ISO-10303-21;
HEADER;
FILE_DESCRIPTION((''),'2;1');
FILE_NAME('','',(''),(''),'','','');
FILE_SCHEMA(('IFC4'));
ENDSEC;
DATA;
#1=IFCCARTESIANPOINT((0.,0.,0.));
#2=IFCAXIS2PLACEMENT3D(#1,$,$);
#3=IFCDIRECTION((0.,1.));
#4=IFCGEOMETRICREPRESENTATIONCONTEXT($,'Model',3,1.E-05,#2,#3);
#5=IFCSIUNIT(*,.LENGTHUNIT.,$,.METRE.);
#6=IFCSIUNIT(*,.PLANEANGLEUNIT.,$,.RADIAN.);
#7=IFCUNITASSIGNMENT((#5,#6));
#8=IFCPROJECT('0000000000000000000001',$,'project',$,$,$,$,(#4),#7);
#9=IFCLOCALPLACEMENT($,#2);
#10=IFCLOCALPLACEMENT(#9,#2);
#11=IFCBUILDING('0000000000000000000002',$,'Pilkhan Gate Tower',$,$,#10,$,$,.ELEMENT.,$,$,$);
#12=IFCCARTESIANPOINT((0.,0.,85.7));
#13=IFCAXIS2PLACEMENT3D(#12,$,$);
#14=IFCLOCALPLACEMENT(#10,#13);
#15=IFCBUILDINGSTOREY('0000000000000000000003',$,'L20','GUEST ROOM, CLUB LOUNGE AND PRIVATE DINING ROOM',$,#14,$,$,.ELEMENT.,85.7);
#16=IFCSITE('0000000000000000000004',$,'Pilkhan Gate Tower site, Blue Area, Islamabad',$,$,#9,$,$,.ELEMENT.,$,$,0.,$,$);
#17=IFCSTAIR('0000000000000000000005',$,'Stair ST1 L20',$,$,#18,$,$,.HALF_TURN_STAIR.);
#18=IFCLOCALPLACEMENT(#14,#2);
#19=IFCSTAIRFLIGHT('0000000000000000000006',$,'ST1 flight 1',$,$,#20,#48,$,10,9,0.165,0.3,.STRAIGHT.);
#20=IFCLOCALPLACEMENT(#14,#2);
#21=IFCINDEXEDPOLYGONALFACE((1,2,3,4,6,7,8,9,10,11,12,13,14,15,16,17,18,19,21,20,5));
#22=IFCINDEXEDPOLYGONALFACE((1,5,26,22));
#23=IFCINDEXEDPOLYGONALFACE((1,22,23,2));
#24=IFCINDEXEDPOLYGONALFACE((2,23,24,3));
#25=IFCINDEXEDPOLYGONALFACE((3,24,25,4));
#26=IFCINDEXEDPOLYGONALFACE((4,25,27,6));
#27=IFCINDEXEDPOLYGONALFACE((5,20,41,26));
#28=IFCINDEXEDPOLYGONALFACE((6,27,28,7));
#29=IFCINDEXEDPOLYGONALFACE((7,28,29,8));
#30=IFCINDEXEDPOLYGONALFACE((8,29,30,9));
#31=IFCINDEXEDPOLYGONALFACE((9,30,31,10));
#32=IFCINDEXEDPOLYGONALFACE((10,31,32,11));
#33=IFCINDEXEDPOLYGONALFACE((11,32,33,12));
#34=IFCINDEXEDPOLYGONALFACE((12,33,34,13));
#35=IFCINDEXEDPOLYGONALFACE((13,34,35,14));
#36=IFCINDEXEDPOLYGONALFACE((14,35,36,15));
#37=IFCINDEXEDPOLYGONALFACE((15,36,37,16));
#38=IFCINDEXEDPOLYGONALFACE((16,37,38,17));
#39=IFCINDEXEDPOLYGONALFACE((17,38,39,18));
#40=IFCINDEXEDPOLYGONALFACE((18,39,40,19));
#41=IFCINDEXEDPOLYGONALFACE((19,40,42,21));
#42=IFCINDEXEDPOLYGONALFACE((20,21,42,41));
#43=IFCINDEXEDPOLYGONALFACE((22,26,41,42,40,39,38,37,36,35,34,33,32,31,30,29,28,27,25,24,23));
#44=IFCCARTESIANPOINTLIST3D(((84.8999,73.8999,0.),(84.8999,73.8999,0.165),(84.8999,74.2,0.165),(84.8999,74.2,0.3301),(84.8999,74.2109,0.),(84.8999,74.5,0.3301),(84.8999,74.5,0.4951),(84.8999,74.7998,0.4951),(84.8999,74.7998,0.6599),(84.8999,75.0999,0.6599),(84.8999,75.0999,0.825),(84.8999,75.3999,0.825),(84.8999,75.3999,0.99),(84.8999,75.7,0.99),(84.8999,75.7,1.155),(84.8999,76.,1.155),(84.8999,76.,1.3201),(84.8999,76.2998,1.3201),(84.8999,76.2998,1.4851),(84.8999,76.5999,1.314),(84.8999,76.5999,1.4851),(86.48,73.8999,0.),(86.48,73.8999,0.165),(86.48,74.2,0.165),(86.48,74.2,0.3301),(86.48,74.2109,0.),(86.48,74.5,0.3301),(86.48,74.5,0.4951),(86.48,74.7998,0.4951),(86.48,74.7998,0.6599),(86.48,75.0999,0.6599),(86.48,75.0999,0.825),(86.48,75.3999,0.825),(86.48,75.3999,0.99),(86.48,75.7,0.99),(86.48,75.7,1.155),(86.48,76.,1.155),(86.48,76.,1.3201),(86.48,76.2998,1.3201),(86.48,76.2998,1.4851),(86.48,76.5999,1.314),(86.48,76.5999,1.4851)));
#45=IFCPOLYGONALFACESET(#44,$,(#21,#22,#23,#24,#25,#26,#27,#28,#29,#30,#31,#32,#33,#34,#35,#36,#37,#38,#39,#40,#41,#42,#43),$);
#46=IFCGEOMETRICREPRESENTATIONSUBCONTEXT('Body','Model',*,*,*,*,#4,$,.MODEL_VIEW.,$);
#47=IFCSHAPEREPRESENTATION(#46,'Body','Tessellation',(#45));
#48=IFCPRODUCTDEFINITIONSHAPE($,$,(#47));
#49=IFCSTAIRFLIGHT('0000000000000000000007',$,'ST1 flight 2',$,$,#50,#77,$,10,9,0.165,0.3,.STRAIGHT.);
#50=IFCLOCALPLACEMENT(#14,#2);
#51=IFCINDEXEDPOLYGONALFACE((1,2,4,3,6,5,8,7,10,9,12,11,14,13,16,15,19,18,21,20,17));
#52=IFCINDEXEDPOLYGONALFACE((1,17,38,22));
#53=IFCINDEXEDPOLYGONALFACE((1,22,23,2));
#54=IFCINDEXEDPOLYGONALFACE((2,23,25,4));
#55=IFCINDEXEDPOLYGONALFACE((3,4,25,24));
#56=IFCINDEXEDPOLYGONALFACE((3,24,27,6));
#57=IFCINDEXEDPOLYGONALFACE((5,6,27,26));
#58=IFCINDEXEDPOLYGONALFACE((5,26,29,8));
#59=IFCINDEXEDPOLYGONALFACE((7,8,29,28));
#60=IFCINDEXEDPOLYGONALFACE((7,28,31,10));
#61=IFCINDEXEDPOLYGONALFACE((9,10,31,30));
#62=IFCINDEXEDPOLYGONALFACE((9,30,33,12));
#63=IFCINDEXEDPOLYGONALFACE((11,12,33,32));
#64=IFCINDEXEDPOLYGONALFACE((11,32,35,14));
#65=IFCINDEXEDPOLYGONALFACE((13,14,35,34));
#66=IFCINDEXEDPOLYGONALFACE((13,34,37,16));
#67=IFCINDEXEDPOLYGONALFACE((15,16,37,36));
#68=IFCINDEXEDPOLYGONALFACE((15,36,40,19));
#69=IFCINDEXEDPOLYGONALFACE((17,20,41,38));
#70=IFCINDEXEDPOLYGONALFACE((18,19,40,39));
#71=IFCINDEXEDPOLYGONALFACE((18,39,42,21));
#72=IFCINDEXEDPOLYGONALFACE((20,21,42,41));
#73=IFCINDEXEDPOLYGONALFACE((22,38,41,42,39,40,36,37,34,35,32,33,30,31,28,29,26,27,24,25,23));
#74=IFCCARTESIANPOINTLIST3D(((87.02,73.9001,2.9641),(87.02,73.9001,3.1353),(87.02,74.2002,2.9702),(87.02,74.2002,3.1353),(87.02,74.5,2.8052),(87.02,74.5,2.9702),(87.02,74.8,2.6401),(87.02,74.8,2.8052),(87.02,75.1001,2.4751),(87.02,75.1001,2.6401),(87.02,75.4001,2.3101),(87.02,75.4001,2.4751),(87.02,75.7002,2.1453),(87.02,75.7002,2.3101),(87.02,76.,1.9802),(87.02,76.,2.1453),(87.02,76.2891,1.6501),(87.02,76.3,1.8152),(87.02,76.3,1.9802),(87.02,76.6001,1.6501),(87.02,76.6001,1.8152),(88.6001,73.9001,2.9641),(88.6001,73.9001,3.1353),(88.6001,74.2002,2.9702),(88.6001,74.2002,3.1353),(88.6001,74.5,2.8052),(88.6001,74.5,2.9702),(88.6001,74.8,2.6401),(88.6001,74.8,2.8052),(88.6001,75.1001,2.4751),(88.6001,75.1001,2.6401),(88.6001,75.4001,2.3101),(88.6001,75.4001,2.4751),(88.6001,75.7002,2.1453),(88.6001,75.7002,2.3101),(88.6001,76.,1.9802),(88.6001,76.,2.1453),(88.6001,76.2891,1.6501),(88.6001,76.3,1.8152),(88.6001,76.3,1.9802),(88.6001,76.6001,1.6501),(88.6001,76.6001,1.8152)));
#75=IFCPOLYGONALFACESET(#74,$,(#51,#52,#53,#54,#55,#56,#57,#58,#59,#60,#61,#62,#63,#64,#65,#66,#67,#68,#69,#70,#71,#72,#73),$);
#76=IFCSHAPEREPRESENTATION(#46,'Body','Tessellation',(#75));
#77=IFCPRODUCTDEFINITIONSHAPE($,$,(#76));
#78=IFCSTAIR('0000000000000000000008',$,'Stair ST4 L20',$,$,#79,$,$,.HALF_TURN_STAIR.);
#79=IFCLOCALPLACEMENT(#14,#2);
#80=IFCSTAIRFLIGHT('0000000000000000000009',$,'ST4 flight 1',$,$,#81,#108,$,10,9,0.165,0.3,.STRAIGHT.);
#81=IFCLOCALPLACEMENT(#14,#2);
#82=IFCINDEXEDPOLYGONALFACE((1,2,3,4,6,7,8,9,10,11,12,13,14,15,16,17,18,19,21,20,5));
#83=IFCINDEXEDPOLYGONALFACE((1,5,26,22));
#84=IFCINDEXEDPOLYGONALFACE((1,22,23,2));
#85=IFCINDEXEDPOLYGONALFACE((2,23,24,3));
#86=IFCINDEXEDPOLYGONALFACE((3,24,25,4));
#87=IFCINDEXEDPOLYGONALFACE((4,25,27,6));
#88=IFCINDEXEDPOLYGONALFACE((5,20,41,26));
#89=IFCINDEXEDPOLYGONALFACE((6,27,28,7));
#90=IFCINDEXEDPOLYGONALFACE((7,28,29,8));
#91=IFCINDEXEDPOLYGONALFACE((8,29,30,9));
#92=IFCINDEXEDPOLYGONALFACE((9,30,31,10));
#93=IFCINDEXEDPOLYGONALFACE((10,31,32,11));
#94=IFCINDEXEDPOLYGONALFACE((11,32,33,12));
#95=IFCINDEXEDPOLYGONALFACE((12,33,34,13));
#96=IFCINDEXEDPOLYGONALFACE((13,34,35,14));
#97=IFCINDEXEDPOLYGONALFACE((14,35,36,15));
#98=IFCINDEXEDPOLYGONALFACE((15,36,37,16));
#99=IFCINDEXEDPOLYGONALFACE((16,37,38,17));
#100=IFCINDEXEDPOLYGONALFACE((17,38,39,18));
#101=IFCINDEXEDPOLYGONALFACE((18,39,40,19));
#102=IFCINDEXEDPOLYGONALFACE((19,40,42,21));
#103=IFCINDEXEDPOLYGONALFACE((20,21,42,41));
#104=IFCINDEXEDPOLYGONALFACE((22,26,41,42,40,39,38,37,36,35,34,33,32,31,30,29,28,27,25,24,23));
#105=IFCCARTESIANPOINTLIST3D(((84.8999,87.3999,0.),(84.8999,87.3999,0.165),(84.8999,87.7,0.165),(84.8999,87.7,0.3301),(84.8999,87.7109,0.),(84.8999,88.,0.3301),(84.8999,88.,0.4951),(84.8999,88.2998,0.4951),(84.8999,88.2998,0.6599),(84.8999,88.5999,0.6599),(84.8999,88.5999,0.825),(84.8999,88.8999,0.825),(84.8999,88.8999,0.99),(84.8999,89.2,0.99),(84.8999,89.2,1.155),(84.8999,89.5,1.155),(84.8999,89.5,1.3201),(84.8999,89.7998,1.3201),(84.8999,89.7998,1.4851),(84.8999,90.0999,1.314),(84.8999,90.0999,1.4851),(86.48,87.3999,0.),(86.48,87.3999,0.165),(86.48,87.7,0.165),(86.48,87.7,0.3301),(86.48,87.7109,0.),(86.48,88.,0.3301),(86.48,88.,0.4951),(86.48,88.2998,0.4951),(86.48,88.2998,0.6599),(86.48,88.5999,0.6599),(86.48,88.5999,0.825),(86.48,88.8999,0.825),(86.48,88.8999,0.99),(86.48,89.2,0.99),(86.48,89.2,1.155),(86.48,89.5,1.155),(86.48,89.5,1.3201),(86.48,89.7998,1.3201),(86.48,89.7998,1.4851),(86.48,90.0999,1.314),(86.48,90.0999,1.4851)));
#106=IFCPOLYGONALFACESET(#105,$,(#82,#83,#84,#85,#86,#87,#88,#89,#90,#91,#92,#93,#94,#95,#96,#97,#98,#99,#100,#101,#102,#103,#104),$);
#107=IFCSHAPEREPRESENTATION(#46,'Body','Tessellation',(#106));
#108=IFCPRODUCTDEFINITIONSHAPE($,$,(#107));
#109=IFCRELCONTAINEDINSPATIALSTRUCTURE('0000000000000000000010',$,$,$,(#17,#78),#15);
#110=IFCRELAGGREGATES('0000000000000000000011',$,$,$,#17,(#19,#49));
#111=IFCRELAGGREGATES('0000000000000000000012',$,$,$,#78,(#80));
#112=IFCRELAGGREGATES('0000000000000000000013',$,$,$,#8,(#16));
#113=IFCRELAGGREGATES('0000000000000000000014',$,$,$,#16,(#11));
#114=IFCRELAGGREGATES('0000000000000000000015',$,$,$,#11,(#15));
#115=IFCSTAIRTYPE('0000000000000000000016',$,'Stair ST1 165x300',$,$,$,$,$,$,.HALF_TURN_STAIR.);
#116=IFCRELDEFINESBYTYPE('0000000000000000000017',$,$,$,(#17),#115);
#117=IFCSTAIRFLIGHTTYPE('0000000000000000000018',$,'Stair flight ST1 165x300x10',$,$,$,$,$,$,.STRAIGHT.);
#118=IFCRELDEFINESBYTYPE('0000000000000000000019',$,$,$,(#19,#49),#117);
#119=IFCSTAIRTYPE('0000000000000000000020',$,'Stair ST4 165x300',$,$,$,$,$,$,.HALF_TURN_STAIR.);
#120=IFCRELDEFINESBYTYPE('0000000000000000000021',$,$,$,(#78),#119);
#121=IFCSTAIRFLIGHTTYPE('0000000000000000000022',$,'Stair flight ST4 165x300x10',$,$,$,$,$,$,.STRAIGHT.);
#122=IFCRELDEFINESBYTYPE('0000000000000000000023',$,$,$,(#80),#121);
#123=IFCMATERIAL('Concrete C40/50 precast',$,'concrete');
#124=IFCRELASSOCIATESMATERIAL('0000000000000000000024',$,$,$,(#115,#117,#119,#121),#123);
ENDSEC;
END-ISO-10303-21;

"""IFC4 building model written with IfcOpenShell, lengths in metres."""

from ifc_helpers import new_model, si_unit, direction, frame, origin, place, context, subcontext, project, spatial, polyline, outline, extrude, material, type_object, element, aggregate, save


model = new_model("IFC4")

# Units and contexts
model_context = context("Model", 3, precision=1e-05, world=origin(), true_north=direction((0.0, 1.0)))
body_context = subcontext(model_context, "Body", "Model", "MODEL_VIEW")
ifc_project = project(units=[si_unit("LENGTHUNIT", "METRE"), si_unit("PLANEANGLEUNIT", "RADIAN")], contexts=[model_context])

# Site, building, storey
site_placement = place(None, origin())
site = spatial("IfcSite", under=ifc_project, at=site_placement, Name="Pilkhan Gate Tower site, Blue Area, Islamabad", CompositionType="ELEMENT", RefElevation=0.0)
building_placement = place(site_placement, origin())
building = spatial("IfcBuilding", under=site, at=building_placement, Name="Pilkhan Gate Tower", CompositionType="ELEMENT")
storey_placement = place(building_placement, frame((0.0, 0.0, 85.7)))
storey = spatial("IfcBuildingStorey", under=building, at=storey_placement, Name="L20", Description="GUEST ROOM, CLUB LOUNGE AND PRIVATE DINING ROOM", CompositionType="ELEMENT", Elevation=85.7)

# Stair, stair flights
ifc_material_1 = material(Name="Concrete C40/50 precast", Category="concrete")
stair_type_1 = type_object("IfcStairType", Name="Stair ST1 165x300", PredefinedType="HALF_TURN_STAIR", material=ifc_material_1)
stair_1_placement = place(storey_placement, origin())
stair_1 = element("IfcStair", 1, at=stair_1_placement, inside=storey, type_object=stair_type_1, Name="Stair ST1 L20", PredefinedType="HALF_TURN_STAIR")
stair_flight_type_1 = type_object("IfcStairFlightType", Name="Stair flight ST1 165x300x10", PredefinedType="STRAIGHT", material=ifc_material_1)
stair_flight_1_placement = place(storey_placement, frame((85.6899, 73.8999, 0.0), z_axis=(0.0, 0.0, 1.0), x_axis=(0.0, 1.0, 0.0)))
stair_flight_1 = element("IfcStairFlight", 2, at=stair_flight_1_placement, type_object=stair_flight_type_1, Name="ST1 flight 1", NumberOfRisers=10, NumberOfTreads=9, PredefinedType="STRAIGHT", RiserHeight=0.165, TreadLength=0.3, context=body_context, shape_type="SweptSolid", body=[
    extrude(outline(polyline([(0.0, 0.0), (0.0, 0.165), (0.3, 0.165), (0.3, 0.3301), (0.6001, 0.3301), (0.6001, 0.4951), (0.8999, 0.4951), (0.8999, 0.6599), (1.2, 0.6599), (1.2, 0.825), (1.5, 0.825), (1.5, 0.99), (1.8, 0.99), (1.8, 1.155), (2.1001, 1.155), (2.1001, 1.3201), (2.3999, 1.3201), (2.3999, 1.4851), (2.7, 1.4851), (2.7, 1.6499), (2.7, 1.314), (0.311, 0.0), (0.0, 0.0)])), frame((0.0, 0.79, 0.0), z_axis=(0.0, -1.0, 0.0), x_axis=(1.0, 0.0, 0.0)), (0.0, 0.0, 1.0), 1.5801),
])
stair_flight_2_placement = place(storey_placement, frame((87.8101, 76.6001, 1.6501), z_axis=(0.0, 0.0, 1.0), x_axis=(0.0, -1.0, 0.0)))
stair_flight_2 = element("IfcStairFlight", 3, at=stair_flight_2_placement, type_object=stair_flight_type_1, Name="ST1 flight 2", NumberOfRisers=10, NumberOfTreads=9, PredefinedType="STRAIGHT", RiserHeight=0.165, TreadLength=0.3, context=body_context, shape_type="SweptSolid", body=[
    extrude(outline(polyline([(0.0, 0.0), (0.0, 0.165), (0.3, 0.165), (0.3, 0.3301), (0.6001, 0.3301), (0.6001, 0.4951), (0.8999, 0.4951), (0.8999, 0.6599), (1.2, 0.6599), (1.2, 0.825), (1.5, 0.825), (1.5, 0.99), (1.8, 0.99), (1.8, 1.155), (2.1001, 1.155), (2.1001, 1.3201), (2.3999, 1.3201), (2.3999, 1.4851), (2.7, 1.4851), (2.7, 1.6499), (2.7, 1.314), (0.311, 0.0), (0.0, 0.0)])), frame((0.0, 0.79, 0.0), z_axis=(0.0, -1.0, 0.0), x_axis=(1.0, 0.0, 0.0)), (0.0, 0.0, 1.0), 1.5801),
])
aggregate(stair_1, [stair_flight_1, stair_flight_2])

# Stair, stair flight
stair_type_2 = type_object("IfcStairType", Name="Stair ST4 165x300", PredefinedType="HALF_TURN_STAIR", material=ifc_material_1)
stair_2_placement = place(storey_placement, origin())
stair_2 = element("IfcStair", 4, at=stair_2_placement, inside=storey, type_object=stair_type_2, Name="Stair ST4 L20", PredefinedType="HALF_TURN_STAIR")
stair_flight_type_2 = type_object("IfcStairFlightType", Name="Stair flight ST4 165x300x10", PredefinedType="STRAIGHT", material=ifc_material_1)
stair_flight_3_placement = place(storey_placement, frame((85.6899, 87.3999, 0.0), z_axis=(0.0, 0.0, 1.0), x_axis=(0.0, 1.0, 0.0)))
stair_flight_3 = element("IfcStairFlight", 5, at=stair_flight_3_placement, type_object=stair_flight_type_2, Name="ST4 flight 1", NumberOfRisers=10, NumberOfTreads=9, PredefinedType="STRAIGHT", RiserHeight=0.165, TreadLength=0.3, context=body_context, shape_type="SweptSolid", body=[
    extrude(outline(polyline([(0.0, 0.0), (0.0, 0.165), (0.3, 0.165), (0.3, 0.3301), (0.6001, 0.3301), (0.6001, 0.4951), (0.8999, 0.4951), (0.8999, 0.6599), (1.2, 0.6599), (1.2, 0.825), (1.5, 0.825), (1.5, 0.99), (1.8, 0.99), (1.8, 1.155), (2.1001, 1.155), (2.1001, 1.3201), (2.3999, 1.3201), (2.3999, 1.4851), (2.7, 1.4851), (2.7, 1.6499), (2.7, 1.314), (0.311, 0.0), (0.0, 0.0)])), frame((0.0, 0.79, 0.0), z_axis=(0.0, -1.0, 0.0), x_axis=(1.0, 0.0, 0.0)), (0.0, 0.0, 1.0), 1.5801),
])
aggregate(stair_2, [stair_flight_3])

save(model, "model.ifc")
